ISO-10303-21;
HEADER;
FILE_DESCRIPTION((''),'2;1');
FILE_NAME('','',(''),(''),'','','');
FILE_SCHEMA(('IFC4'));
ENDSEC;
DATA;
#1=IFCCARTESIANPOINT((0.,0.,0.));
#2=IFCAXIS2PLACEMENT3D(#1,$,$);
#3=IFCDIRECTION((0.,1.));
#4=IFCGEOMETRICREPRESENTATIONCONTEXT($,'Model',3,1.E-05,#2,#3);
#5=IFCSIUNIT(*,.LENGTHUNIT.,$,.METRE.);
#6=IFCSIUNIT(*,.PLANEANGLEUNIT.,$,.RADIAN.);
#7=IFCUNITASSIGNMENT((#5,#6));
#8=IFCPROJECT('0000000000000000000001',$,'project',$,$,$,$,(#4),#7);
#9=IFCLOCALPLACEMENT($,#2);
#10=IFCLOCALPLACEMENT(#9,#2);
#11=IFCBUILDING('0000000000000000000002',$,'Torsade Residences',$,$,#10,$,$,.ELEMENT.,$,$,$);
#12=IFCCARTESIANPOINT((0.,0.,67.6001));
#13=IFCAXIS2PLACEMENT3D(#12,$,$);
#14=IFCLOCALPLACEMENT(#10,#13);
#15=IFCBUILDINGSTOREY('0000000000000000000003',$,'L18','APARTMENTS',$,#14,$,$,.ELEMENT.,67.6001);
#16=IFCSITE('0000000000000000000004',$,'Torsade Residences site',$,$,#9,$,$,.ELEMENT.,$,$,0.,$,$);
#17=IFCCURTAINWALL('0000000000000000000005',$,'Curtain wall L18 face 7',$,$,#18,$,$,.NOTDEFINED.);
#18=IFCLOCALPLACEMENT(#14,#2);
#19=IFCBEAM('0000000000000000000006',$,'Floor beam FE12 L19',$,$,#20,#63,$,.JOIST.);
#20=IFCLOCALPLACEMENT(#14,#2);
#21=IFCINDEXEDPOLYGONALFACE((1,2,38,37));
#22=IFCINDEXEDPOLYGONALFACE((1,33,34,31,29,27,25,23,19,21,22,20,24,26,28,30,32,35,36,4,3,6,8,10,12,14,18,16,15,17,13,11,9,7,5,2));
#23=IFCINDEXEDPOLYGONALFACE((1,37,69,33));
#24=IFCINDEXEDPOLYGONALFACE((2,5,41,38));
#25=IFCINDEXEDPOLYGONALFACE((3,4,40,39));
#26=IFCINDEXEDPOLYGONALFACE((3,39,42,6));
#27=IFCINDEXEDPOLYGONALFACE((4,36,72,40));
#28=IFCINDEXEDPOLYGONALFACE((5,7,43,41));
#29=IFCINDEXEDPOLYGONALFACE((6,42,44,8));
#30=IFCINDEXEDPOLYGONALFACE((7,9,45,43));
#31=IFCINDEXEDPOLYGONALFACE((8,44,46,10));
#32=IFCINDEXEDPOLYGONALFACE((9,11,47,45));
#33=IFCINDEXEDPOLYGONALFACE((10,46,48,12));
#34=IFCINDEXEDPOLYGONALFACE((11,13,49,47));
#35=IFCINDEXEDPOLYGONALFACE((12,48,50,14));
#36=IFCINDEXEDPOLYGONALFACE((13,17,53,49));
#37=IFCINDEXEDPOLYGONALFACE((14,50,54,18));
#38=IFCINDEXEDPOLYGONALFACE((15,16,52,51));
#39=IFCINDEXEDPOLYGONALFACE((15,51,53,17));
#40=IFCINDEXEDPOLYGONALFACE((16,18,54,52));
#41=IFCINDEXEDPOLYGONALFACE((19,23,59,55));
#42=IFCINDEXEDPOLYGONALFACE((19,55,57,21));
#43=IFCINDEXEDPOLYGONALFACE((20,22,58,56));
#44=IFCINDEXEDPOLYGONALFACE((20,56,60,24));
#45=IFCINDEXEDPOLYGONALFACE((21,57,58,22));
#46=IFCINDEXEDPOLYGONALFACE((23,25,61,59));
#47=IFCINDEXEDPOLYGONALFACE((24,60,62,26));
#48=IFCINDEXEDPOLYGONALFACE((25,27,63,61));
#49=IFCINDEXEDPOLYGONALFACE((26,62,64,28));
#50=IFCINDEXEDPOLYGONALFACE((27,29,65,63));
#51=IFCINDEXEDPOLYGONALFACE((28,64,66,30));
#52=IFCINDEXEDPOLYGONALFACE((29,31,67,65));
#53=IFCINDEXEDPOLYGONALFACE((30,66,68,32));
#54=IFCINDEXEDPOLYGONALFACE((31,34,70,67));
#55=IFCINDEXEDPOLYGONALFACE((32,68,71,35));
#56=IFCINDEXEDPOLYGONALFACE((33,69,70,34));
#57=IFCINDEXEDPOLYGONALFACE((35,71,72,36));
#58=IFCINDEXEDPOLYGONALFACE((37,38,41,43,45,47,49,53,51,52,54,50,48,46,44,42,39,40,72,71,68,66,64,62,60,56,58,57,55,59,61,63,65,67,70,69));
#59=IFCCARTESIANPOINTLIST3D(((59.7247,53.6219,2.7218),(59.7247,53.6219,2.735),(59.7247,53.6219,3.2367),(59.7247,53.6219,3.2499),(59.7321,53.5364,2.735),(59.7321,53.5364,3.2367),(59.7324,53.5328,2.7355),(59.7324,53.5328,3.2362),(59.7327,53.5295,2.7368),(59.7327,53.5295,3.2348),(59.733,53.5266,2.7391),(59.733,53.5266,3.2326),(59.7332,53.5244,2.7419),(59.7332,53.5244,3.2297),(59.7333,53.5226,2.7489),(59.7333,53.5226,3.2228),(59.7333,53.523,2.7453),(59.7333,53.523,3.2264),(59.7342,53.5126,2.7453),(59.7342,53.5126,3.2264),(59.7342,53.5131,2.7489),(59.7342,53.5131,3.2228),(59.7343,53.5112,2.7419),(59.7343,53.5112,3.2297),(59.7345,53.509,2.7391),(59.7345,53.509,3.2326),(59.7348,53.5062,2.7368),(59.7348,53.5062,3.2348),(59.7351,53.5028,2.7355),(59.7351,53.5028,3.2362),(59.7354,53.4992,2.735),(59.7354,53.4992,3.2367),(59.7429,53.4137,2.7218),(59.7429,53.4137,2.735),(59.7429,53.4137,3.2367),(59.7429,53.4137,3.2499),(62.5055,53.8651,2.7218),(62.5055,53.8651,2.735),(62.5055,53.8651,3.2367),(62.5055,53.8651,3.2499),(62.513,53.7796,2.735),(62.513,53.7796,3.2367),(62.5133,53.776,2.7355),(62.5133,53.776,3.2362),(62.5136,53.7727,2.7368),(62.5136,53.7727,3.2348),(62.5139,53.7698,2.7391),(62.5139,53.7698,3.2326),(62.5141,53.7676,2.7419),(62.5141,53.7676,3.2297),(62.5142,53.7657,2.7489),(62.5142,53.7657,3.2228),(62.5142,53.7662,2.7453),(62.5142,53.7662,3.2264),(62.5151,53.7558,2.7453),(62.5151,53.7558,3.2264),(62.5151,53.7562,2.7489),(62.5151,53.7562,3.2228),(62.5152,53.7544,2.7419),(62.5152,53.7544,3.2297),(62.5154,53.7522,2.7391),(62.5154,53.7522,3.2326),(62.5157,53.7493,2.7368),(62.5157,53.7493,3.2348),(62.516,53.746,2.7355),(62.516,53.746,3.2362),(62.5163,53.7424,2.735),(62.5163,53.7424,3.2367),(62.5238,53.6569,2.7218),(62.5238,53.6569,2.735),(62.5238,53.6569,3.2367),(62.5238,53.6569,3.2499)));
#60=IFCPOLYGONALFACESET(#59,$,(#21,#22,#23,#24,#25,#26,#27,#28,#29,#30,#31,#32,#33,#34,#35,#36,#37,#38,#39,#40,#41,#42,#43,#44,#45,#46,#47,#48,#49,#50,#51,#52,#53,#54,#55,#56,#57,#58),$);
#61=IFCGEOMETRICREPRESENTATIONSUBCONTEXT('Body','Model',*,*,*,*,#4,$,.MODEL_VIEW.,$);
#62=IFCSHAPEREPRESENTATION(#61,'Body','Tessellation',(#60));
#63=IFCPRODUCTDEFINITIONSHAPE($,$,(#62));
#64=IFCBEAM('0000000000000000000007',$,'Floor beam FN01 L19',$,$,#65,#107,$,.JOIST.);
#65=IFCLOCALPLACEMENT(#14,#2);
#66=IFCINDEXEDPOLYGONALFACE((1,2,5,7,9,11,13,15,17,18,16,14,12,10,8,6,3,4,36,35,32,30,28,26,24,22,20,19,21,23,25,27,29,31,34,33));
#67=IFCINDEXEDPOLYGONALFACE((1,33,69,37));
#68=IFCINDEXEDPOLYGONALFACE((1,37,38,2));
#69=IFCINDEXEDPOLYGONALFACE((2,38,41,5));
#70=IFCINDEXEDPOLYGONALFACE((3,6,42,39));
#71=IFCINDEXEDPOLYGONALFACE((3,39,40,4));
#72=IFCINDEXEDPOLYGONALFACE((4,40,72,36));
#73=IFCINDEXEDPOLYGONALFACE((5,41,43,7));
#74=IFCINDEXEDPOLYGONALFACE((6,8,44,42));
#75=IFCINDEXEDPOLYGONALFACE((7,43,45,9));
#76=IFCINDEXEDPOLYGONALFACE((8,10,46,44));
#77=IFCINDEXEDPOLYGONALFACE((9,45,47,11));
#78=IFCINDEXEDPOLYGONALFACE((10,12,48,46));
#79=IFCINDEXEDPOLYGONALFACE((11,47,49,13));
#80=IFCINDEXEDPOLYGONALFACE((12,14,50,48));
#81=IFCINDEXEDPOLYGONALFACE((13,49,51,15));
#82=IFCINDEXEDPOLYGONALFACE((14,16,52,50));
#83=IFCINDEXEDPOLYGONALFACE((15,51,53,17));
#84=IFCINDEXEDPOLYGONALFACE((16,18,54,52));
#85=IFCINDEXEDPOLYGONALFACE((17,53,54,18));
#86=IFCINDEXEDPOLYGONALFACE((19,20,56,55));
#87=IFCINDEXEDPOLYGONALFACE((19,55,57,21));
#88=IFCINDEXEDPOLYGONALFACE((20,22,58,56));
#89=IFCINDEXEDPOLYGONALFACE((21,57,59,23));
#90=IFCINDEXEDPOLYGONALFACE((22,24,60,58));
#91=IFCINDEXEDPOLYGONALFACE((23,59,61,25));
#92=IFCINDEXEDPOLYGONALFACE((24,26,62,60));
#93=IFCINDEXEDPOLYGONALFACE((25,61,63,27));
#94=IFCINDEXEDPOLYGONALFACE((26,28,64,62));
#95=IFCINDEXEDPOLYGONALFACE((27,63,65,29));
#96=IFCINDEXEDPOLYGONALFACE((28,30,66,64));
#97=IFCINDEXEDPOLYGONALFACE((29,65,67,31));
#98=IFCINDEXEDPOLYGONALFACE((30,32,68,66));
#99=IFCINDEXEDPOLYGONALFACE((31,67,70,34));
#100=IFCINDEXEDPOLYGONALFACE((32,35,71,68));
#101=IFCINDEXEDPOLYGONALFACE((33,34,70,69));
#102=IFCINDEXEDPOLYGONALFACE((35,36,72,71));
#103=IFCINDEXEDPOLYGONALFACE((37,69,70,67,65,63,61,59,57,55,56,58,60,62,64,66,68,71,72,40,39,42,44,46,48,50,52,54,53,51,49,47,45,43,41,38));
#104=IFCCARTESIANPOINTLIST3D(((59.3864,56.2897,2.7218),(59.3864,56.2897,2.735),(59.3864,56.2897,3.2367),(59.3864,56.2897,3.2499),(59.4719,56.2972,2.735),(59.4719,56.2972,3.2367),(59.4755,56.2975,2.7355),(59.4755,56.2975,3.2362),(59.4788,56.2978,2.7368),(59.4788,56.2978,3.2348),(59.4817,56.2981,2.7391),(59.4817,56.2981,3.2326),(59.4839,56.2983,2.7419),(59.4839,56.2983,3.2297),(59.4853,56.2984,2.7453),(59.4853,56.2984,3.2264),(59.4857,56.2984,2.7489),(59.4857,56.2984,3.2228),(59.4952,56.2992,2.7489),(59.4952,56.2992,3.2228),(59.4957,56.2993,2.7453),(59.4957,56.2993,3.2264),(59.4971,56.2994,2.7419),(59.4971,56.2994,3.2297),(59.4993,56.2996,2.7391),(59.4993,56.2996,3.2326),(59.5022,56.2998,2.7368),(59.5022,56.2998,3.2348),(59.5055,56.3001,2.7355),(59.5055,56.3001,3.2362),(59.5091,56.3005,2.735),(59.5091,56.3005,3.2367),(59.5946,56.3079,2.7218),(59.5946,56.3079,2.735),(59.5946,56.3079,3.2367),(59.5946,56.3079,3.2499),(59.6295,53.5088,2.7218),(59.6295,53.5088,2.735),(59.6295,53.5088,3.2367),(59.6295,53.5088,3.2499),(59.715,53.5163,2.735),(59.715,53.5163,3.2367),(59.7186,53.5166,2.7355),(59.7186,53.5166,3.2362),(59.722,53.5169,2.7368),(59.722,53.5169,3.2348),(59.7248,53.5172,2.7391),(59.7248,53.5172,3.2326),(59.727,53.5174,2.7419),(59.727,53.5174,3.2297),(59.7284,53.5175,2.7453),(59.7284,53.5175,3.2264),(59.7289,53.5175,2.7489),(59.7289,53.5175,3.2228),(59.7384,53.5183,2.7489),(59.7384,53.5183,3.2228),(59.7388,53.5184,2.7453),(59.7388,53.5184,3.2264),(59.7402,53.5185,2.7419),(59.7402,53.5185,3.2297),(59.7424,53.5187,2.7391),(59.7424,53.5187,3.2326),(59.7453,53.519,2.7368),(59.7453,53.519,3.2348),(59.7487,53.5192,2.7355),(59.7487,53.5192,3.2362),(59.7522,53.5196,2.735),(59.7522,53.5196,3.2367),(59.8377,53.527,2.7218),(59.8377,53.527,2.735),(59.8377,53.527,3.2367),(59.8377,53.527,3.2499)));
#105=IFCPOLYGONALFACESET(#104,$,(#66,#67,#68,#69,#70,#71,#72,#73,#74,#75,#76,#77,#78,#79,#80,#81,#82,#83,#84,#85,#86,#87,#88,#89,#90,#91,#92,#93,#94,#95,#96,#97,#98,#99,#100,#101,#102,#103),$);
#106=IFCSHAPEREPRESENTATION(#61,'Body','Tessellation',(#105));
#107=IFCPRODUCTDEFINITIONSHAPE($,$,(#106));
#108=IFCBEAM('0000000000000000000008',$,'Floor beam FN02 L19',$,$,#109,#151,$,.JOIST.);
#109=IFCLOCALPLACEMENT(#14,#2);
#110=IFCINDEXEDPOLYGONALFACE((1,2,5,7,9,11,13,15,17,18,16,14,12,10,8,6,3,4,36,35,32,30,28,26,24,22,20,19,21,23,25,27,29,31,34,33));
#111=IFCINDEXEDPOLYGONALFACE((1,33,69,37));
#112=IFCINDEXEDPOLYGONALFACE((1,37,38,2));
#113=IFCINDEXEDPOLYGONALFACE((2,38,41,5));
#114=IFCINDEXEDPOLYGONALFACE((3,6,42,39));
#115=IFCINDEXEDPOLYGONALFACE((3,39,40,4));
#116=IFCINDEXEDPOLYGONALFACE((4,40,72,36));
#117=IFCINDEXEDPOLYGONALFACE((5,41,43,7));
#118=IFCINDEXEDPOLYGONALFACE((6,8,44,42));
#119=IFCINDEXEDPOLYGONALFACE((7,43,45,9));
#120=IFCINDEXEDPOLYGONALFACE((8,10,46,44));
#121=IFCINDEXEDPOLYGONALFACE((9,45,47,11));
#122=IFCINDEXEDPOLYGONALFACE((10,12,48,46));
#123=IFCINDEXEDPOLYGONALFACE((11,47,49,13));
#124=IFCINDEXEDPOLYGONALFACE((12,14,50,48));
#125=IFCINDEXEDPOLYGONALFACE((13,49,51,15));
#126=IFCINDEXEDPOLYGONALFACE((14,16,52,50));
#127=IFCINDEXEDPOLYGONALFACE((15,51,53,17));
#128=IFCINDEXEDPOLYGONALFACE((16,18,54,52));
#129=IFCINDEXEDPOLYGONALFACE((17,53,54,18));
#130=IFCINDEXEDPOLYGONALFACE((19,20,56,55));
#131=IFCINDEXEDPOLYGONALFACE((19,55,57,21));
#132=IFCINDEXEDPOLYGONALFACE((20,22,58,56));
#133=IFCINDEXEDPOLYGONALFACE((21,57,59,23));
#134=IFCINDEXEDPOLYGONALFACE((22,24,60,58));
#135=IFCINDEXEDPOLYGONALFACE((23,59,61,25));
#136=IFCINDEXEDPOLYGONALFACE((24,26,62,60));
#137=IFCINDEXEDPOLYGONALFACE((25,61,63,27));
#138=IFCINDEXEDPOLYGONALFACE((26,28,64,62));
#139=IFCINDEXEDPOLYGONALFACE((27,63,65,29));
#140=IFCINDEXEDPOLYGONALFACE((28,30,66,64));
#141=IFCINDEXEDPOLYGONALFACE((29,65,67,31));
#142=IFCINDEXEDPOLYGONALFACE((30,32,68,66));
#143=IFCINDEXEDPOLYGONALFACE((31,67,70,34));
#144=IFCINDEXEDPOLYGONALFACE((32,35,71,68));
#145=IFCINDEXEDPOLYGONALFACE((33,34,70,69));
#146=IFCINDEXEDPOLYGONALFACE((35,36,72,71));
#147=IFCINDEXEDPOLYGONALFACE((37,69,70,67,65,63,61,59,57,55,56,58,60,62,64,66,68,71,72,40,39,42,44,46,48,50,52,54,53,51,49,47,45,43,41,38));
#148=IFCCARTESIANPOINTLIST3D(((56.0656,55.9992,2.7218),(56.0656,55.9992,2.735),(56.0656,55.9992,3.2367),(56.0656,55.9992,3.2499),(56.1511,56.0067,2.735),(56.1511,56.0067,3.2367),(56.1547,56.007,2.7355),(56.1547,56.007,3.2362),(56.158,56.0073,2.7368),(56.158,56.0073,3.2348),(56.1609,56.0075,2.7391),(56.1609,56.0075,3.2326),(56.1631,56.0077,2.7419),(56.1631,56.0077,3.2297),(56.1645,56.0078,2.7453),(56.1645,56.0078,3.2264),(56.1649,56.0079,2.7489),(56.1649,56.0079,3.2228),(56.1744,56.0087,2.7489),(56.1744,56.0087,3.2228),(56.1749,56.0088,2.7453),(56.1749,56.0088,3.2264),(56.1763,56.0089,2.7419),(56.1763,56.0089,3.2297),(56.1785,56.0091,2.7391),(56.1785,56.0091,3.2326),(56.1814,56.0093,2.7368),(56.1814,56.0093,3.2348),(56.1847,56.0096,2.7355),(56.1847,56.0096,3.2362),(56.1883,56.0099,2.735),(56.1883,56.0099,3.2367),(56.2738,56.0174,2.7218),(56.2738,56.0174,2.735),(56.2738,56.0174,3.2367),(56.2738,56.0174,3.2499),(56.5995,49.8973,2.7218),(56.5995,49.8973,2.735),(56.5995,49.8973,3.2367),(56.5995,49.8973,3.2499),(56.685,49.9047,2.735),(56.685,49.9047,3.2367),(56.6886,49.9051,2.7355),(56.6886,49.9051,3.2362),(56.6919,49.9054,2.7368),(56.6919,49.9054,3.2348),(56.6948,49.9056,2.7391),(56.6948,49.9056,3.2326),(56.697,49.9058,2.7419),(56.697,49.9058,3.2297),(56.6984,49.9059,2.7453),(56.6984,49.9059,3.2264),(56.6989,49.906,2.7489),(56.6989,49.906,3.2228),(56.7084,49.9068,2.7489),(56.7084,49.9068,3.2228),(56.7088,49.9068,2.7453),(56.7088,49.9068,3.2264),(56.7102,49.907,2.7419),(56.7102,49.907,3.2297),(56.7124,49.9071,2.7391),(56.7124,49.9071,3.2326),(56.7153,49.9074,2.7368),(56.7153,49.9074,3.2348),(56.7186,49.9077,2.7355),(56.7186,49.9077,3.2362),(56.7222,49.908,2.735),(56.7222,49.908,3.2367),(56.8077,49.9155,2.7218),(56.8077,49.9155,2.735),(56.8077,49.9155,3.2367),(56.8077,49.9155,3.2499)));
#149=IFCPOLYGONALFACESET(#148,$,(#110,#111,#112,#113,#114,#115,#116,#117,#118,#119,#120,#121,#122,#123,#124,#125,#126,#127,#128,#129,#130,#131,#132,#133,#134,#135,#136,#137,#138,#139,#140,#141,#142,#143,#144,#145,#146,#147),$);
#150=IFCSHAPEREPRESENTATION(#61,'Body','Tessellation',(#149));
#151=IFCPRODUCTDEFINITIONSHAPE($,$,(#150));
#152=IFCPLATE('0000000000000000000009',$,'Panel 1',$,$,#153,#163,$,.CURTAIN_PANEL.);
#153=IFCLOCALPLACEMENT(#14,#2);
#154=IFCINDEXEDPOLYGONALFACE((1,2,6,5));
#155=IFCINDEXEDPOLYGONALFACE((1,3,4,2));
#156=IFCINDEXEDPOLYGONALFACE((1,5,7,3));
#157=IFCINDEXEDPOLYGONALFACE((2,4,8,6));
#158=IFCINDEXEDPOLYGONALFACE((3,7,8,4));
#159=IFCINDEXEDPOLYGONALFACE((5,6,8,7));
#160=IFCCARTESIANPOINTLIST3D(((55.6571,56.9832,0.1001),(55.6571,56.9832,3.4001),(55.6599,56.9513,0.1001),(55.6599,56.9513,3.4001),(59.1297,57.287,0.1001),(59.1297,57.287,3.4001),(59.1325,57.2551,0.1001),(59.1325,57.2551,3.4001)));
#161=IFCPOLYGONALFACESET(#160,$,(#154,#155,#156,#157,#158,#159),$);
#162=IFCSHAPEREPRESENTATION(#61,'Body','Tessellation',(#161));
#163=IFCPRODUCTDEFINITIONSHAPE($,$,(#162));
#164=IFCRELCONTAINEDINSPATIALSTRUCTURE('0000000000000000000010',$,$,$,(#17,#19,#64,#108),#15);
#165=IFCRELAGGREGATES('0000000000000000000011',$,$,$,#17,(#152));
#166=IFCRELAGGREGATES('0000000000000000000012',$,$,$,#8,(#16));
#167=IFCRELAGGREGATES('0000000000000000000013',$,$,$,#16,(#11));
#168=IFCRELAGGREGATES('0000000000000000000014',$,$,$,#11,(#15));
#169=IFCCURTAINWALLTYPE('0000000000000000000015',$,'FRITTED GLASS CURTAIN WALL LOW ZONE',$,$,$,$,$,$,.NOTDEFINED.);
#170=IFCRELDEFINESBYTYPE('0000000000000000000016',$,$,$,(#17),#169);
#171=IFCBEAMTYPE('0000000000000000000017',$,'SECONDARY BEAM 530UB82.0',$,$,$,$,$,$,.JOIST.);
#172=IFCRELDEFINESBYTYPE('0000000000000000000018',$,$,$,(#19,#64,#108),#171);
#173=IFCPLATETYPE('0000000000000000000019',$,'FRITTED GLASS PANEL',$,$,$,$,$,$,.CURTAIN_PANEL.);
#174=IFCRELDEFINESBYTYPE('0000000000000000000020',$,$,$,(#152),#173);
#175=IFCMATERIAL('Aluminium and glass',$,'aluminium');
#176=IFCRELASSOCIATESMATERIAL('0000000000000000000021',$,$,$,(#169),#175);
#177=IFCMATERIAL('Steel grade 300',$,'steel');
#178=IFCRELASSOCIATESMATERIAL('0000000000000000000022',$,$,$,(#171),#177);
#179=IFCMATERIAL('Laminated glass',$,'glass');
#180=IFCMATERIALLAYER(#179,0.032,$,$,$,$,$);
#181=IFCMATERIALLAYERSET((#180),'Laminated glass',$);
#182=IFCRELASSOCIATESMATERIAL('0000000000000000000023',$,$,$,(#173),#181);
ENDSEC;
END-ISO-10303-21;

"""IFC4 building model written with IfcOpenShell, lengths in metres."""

from ifc_helpers import new_model, si_unit, direction, frame, origin, origin_2d, place, context, subcontext, project, spatial, rectangle, i_section, extrude, material, layer, layer_set, material_profile, profile_set, type_object, element, aggregate, save


model = new_model("IFC4")

# Units and contexts
model_context = context("Model", 3, precision=1e-05, world=origin(), true_north=direction((0.0, 1.0)))
body_context = subcontext(model_context, "Body", "Model", "MODEL_VIEW")
ifc_project = project(units=[si_unit("LENGTHUNIT", "METRE"), si_unit("PLANEANGLEUNIT", "RADIAN")], contexts=[model_context])

# Site, building, storey
site_placement = place(None, origin())
site = spatial("IfcSite", under=ifc_project, at=site_placement, Name="Torsade Residences site", CompositionType="ELEMENT", RefElevation=0.0)
building_placement = place(site_placement, origin())
building = spatial("IfcBuilding", under=site, at=building_placement, Name="Torsade Residences", CompositionType="ELEMENT")
storey_placement = place(building_placement, frame((0.0, 0.0, 67.6001)))
storey = spatial("IfcBuildingStorey", under=building, at=storey_placement, Name="L18", Description="APARTMENTS", CompositionType="ELEMENT", Elevation=67.6001)

# Curtain wall
ifc_material_1 = material(Name="Aluminium and glass", Category="aluminium")
curtain_wall_type = type_object("IfcCurtainWallType", Name="FRITTED GLASS CURTAIN WALL LOW ZONE", PredefinedType="NOTDEFINED", material=ifc_material_1)
curtain_wall_placement = place(storey_placement, origin())
curtain_wall = element("IfcCurtainWall", 1, at=curtain_wall_placement, inside=storey, type_object=curtain_wall_type, Name="Curtain wall L18 face 7", PredefinedType="NOTDEFINED")

# Beams
ifc_material_2 = material(Name="Steel grade 300", Category="steel")
ifc_material_profile_1 = material_profile(ifc_material_2, i_section(OverallWidth=0.209, OverallDepth=0.5281, WebThickness=0.0095, FlangeThickness=0.0132, FilletRadius=0.0139, at=origin_2d()), Name="530UB82.0")
ifc_profile_set_1 = profile_set([ifc_material_profile_1], Name="Steel grade 300")
beam_type_1 = type_object("IfcBeamType", Name="SECONDARY BEAM 530UB82.0", PredefinedType="JOIST", material=ifc_profile_set_1)
for number, where, z_axis, x_axis, name in (
    (2, (62.5146, 53.761, 2.9858), (-0.996199, -0.087105, 0.0), (0.087105, -0.996199, 0.0), "Floor beam FE12 L19"),
    (3, (59.4905, 56.2988, 2.9858), (0.087105, -0.996199, 0.0), (0.996199, 0.087105, 0.0), "Floor beam FN01 L19"),
):
    element("IfcBeam", number, at=place(storey_placement, frame(where, z_axis=z_axis, x_axis=x_axis)), inside=storey, type_object=beam_type_1, Name=name, PredefinedType="JOIST", context=body_context, shape_type="SweptSolid", body=[
        extrude(i_section(OverallWidth=0.209, OverallDepth=0.5281, WebThickness=0.0095, FlangeThickness=0.0132, FilletRadius=0.0139, at=origin_2d()), origin(), (0.0, 0.0, 1.0), 2.7915),
    ])
beam_1_placement = place(storey_placement, frame((56.1697, 56.0083, 2.9858), z_axis=(0.087171, -0.996193, 0.0), x_axis=(0.996193, 0.087171, 0.0)))
element("IfcBeam", 4, at=beam_1_placement, inside=storey, type_object=beam_type_1, Name="Floor beam FN02 L19", PredefinedType="JOIST", context=body_context, shape_type="SweptSolid", body=[
    extrude(i_section(OverallWidth=0.209, OverallDepth=0.5281, WebThickness=0.0095, FlangeThickness=0.0132, FilletRadius=0.0139, at=origin_2d()), origin(), (0.0, 0.0, 1.0), 6.1252),
])

# Plate
ifc_material_3 = material(Name="Laminated glass", Category="glass")
ifc_layer_1 = layer(ifc_material_3, 0.032)
ifc_layer_set_1 = layer_set([ifc_layer_1], Name="Laminated glass")
plate_type = type_object("IfcPlateType", Name="FRITTED GLASS PANEL", PredefinedType="CURTAIN_PANEL", material=ifc_layer_set_1)
plate_placement = place(storey_placement, frame((57.3948, 57.1191, 0.1001), z_axis=(0.0, 0.0, 1.0), x_axis=(-0.996195, -0.087156, 0.0)))
plate = element("IfcPlate", 5, at=plate_placement, type_object=plate_type, Name="Panel 1", PredefinedType="CURTAIN_PANEL", context=body_context, shape_type="SweptSolid", body=[
    extrude(rectangle(XDim=3.4858, YDim=0.032, at=origin_2d()), origin(), (0.0, 0.0, 1.0), 3.3),
])
aggregate(curtain_wall, [plate])

save(model, "model.ifc")
